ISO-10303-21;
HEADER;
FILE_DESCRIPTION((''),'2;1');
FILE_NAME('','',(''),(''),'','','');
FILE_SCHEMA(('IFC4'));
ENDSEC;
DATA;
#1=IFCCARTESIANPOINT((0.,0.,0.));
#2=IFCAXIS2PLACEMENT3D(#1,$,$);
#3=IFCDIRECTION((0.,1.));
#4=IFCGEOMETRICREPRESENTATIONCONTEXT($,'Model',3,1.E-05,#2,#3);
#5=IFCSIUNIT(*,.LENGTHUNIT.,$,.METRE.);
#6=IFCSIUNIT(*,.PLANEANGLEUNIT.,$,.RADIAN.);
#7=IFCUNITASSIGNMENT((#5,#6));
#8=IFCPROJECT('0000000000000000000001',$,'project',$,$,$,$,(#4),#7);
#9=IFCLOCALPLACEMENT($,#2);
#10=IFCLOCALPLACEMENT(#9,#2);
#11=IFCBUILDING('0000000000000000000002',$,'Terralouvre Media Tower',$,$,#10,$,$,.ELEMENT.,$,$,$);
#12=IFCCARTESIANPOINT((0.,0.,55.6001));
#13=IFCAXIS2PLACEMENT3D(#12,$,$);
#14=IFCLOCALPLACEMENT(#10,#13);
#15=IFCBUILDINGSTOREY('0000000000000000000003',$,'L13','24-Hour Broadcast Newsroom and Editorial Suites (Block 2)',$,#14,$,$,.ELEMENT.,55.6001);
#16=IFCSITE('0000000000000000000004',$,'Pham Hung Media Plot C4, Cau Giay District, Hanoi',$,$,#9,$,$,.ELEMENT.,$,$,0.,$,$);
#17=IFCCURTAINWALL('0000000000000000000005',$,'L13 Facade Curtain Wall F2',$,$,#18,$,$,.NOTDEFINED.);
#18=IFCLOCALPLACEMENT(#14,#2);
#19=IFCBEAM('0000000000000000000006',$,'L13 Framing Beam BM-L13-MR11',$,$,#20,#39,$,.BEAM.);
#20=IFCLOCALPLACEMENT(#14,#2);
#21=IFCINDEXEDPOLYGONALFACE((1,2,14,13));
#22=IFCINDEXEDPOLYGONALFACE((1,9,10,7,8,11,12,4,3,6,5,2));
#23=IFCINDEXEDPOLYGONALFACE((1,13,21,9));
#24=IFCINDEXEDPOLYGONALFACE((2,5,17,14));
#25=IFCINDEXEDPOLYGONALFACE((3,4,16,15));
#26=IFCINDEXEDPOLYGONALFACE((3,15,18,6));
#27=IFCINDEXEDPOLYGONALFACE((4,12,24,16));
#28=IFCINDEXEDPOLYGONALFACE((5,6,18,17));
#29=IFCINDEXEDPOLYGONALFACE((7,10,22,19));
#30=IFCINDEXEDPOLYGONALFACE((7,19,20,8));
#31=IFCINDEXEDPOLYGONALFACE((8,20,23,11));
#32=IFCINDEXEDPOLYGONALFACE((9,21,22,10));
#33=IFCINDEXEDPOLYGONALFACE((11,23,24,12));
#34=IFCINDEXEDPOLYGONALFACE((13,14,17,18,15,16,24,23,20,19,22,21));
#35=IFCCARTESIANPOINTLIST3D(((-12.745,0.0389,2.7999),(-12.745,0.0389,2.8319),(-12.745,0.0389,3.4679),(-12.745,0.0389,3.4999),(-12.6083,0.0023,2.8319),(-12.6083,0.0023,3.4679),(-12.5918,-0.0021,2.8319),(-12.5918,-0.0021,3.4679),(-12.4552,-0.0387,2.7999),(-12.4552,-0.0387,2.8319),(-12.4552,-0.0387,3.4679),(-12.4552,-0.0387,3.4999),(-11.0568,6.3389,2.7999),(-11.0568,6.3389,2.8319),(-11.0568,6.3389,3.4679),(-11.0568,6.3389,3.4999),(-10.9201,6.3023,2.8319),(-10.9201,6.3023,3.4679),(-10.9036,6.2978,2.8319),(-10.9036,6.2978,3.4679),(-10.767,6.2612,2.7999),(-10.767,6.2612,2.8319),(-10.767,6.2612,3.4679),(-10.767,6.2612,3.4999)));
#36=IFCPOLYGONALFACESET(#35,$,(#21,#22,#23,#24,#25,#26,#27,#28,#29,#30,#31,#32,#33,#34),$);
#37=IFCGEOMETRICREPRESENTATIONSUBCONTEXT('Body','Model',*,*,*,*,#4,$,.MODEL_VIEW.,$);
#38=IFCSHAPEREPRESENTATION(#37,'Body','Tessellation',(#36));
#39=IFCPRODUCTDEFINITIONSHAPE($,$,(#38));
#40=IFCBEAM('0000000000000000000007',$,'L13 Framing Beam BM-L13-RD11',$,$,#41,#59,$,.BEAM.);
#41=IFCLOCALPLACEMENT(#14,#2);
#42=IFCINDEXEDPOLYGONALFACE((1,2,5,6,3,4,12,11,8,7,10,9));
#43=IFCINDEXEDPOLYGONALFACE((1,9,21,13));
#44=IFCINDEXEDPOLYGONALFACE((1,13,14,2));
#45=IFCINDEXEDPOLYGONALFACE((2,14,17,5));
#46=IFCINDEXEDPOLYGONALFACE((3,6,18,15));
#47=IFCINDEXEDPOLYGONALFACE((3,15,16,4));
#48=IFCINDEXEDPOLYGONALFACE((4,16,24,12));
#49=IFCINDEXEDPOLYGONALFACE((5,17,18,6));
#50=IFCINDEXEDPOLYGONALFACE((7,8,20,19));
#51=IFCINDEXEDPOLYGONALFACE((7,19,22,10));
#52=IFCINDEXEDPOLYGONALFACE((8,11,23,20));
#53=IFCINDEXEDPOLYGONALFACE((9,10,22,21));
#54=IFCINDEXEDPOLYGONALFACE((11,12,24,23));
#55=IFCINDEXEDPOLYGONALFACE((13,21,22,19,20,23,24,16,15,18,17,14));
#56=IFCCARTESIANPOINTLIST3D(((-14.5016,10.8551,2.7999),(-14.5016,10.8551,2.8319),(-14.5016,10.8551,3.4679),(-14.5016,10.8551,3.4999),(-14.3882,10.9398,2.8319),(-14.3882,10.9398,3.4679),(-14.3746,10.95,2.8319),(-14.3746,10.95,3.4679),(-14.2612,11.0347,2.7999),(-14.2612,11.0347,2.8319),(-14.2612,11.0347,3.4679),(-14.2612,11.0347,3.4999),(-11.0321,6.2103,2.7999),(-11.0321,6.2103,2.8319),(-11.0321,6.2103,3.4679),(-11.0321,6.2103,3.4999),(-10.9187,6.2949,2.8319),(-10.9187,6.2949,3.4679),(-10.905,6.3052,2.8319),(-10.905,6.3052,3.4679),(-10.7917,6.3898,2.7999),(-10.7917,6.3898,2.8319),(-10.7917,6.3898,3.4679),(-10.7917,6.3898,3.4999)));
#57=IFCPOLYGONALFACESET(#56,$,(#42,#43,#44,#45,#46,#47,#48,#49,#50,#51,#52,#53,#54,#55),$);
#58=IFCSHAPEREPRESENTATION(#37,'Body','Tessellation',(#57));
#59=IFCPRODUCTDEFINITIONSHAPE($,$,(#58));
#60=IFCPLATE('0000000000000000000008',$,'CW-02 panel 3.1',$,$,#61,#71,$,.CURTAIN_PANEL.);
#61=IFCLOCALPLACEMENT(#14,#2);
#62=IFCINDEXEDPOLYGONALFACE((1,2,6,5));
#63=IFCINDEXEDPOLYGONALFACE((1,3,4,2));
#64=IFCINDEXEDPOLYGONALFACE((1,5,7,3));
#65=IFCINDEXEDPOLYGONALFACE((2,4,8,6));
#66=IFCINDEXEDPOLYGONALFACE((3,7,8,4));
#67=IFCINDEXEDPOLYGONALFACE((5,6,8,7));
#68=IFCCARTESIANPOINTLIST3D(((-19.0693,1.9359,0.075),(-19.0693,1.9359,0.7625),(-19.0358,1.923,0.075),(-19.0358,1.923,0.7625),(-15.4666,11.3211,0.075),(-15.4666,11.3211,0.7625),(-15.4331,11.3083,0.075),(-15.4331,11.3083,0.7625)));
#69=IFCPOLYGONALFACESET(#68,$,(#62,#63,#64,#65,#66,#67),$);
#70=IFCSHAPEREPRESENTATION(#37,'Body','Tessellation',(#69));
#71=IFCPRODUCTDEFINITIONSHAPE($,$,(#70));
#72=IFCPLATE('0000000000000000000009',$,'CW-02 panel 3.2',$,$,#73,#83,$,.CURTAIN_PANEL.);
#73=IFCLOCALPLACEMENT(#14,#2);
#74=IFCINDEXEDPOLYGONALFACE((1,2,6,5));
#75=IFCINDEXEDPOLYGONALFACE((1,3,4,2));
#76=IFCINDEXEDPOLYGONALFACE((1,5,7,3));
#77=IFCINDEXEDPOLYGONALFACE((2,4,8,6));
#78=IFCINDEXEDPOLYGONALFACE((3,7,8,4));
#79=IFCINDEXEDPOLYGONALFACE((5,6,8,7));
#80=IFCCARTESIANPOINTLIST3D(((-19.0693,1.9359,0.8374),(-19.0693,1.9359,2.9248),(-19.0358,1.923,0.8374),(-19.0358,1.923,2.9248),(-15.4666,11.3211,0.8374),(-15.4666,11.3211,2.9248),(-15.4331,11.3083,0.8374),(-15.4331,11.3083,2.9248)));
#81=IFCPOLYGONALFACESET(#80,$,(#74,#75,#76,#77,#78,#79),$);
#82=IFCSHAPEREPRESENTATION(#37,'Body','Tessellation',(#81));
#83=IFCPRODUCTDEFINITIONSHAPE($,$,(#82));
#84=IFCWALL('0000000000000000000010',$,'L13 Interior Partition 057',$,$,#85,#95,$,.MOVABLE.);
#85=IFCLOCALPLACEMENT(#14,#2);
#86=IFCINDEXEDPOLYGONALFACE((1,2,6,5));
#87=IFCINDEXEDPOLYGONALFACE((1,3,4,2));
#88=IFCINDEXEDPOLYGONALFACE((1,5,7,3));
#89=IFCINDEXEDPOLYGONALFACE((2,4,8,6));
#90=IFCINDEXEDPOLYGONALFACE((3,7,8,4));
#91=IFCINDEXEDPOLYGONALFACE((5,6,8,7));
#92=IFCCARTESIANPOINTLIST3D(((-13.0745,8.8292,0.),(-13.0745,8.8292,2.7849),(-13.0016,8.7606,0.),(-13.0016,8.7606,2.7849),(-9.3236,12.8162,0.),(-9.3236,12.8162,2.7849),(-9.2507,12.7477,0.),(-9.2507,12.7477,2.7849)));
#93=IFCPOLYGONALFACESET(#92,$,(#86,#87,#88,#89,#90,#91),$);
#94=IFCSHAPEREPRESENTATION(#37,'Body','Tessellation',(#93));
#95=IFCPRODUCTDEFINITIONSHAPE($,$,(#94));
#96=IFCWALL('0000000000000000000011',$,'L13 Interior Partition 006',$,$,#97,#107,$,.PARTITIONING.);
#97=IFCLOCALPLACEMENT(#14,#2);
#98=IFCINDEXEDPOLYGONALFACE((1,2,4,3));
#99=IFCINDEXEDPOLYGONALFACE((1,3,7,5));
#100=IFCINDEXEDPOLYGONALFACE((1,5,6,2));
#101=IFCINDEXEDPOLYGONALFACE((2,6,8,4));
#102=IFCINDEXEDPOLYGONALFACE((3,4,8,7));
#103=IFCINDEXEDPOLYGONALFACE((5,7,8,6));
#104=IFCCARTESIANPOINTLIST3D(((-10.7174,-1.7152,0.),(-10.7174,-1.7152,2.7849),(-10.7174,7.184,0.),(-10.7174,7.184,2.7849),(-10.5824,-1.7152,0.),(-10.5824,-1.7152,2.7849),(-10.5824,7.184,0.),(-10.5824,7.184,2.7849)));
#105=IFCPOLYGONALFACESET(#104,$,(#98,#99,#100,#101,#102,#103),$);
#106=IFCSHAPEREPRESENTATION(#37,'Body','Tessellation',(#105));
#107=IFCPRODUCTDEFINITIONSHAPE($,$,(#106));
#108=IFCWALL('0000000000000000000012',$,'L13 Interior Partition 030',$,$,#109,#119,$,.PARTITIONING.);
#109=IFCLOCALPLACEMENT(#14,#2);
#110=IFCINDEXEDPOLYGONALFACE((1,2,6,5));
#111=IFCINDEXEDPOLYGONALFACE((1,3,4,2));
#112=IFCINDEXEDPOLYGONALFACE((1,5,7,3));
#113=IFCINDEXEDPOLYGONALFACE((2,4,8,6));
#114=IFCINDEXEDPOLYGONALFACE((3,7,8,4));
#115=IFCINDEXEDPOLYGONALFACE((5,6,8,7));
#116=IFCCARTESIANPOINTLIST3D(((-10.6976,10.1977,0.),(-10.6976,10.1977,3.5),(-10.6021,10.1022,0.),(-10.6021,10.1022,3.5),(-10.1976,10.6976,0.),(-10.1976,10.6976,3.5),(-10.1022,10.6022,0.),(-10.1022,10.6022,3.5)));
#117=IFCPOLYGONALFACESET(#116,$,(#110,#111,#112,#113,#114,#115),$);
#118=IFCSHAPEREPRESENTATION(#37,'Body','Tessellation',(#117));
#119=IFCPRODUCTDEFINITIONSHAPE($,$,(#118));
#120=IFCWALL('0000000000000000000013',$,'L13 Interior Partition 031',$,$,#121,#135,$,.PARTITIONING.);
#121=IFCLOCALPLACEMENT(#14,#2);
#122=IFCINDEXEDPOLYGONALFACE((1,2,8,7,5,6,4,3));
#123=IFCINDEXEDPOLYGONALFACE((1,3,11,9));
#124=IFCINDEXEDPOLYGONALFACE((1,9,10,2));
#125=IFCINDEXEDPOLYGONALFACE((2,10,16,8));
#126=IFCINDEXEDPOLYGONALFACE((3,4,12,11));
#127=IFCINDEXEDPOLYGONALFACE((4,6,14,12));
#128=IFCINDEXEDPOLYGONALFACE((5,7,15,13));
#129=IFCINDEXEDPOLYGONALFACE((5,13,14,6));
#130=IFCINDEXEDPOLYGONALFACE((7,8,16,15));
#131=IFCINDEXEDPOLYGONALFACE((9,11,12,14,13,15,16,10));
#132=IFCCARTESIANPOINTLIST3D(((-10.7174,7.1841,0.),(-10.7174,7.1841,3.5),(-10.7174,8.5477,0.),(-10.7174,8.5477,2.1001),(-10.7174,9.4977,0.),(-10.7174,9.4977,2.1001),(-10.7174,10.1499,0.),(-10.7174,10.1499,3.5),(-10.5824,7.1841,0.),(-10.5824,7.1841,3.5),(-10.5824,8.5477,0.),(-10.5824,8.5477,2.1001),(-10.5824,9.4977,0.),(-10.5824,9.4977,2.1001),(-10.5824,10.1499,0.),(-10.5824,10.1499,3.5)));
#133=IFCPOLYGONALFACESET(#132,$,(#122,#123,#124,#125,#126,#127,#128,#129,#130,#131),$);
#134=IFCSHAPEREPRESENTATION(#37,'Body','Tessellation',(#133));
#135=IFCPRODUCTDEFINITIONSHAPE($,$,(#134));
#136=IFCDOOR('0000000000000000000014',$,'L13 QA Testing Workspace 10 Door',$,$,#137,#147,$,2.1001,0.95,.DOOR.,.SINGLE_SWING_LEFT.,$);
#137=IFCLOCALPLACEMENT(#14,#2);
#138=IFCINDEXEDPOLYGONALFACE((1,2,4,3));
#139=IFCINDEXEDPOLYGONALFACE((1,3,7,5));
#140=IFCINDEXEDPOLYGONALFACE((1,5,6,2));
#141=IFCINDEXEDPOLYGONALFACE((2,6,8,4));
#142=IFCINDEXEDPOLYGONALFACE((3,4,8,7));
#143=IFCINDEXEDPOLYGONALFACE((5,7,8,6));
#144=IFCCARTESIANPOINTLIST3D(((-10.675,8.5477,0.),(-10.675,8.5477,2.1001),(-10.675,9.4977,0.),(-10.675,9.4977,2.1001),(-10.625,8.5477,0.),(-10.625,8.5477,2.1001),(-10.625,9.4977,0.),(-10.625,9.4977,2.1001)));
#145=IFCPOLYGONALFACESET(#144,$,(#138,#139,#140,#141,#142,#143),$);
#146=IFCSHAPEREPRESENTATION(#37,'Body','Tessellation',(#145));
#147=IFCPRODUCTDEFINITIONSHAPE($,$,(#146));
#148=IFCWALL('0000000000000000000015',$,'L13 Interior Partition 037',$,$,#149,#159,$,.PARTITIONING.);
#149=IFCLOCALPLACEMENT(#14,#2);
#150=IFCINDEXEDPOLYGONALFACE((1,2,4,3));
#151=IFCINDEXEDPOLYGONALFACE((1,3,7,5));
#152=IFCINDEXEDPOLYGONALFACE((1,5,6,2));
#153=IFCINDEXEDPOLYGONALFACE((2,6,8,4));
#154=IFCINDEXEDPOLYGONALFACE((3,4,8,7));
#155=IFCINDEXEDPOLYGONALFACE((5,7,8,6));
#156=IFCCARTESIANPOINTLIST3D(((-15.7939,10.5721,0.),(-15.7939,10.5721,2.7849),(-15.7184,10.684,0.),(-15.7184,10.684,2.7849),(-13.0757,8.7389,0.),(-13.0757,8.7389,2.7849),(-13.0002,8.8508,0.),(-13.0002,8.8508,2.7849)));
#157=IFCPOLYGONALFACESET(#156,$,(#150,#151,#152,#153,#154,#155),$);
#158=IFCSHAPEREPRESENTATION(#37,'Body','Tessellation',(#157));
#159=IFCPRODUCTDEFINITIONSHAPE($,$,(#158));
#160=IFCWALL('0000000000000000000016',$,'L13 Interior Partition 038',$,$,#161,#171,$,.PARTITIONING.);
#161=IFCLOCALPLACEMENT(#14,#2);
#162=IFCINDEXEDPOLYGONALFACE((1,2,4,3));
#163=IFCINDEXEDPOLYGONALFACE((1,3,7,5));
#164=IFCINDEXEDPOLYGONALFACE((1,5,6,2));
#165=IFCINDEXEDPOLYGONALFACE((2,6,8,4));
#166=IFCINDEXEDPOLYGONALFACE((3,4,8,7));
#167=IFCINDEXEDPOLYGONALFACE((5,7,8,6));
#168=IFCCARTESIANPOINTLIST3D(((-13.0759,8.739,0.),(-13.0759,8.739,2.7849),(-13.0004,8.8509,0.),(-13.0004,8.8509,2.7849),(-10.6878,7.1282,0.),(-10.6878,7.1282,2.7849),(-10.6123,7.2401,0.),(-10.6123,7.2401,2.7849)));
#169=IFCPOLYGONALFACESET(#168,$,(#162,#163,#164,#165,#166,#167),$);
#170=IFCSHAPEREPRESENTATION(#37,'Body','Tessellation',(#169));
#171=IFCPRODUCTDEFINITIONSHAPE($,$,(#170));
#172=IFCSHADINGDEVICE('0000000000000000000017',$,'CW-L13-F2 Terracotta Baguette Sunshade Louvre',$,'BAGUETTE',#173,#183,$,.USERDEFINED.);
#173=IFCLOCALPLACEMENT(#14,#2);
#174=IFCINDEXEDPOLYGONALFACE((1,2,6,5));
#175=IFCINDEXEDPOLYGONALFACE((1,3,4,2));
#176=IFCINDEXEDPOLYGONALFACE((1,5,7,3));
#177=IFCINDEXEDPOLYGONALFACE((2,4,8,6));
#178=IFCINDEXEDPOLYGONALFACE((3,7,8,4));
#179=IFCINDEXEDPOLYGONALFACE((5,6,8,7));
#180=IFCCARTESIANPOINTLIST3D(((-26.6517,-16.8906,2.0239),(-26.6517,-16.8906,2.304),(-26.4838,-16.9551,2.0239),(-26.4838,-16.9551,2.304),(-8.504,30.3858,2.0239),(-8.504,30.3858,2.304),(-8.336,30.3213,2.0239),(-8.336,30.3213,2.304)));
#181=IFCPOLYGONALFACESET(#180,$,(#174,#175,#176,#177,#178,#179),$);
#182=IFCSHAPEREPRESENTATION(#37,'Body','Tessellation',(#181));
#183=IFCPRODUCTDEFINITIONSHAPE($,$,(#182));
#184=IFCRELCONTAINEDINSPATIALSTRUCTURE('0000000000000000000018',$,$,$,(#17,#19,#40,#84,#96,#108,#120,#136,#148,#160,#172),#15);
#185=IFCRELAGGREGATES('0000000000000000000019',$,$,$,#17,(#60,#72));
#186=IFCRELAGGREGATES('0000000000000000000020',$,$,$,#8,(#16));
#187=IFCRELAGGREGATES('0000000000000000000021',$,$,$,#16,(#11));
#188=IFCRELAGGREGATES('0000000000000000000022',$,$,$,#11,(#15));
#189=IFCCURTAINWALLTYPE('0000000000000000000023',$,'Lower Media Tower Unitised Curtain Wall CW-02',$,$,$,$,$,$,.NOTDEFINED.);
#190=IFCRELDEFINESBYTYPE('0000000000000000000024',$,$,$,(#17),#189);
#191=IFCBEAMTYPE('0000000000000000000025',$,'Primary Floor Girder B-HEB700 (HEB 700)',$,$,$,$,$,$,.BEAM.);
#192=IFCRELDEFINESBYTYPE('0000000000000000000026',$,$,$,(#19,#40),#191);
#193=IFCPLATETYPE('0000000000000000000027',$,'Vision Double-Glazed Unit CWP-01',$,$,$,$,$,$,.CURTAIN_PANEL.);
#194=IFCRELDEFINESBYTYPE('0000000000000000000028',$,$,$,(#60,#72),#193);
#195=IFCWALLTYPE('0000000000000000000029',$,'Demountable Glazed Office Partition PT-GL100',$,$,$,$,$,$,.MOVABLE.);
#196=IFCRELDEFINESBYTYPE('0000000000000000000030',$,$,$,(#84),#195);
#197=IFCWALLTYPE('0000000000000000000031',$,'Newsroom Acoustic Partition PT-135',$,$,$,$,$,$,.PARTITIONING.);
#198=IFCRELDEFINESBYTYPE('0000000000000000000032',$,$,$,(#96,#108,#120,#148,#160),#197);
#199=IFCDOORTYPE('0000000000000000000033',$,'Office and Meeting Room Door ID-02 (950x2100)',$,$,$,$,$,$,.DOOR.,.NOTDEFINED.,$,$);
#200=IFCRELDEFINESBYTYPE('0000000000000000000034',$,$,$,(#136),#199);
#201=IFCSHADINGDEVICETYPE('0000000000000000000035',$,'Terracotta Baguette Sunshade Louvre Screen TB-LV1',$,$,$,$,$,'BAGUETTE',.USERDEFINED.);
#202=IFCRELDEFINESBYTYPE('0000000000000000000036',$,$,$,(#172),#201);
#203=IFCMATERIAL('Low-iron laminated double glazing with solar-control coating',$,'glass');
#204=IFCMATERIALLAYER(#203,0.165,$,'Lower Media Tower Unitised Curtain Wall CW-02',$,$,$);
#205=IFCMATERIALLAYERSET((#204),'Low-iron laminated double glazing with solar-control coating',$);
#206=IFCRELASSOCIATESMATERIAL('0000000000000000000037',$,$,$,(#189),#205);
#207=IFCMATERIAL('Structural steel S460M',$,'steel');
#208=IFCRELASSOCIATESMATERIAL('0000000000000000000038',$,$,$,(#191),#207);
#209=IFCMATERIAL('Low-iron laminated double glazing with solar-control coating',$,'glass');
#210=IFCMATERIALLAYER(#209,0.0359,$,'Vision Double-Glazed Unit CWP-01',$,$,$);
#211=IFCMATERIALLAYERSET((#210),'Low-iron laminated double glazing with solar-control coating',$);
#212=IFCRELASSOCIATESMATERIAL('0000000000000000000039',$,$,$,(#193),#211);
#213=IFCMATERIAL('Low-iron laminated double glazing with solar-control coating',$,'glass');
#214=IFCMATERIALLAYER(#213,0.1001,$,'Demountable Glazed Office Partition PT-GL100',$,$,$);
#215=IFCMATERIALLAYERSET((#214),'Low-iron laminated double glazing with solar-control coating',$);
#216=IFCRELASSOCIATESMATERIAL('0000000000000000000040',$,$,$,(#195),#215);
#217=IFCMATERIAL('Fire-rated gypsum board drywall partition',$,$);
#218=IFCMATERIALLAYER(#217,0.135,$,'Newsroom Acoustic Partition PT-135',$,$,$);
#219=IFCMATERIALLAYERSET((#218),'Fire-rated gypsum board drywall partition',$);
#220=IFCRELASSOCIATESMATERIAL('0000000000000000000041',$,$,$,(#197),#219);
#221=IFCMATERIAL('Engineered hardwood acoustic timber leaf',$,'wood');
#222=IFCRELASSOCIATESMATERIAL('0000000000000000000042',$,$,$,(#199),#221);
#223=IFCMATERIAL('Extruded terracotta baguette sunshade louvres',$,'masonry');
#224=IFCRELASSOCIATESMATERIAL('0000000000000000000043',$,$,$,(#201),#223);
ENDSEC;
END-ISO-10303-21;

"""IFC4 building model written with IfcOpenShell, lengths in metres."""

from ifc_helpers import new_model, si_unit, direction, frame, frame_2d, origin, origin_2d, place, context, subcontext, project, spatial, rectangle, i_section, extrude, material, layer, layer_set, material_profile, profile_set, type_object, element, fill, aggregate, save


model = new_model("IFC4")

# Units and contexts
model_context = context("Model", 3, precision=1e-05, world=origin(), true_north=direction((0.0, 1.0)))
body_context = subcontext(model_context, "Body", "Model", "MODEL_VIEW")
ifc_project = project(units=[si_unit("LENGTHUNIT", "METRE"), si_unit("PLANEANGLEUNIT", "RADIAN")], contexts=[model_context])

# Site, building, storey
site_placement = place(None, origin())
site = spatial("IfcSite", under=ifc_project, at=site_placement, Name="Pham Hung Media Plot C4, Cau Giay District, Hanoi", CompositionType="ELEMENT", RefElevation=0.0)
building_placement = place(site_placement, origin())
building = spatial("IfcBuilding", under=site, at=building_placement, Name="Terralouvre Media Tower", CompositionType="ELEMENT")
storey_placement = place(building_placement, frame((0.0, 0.0, 55.6001)))
storey = spatial("IfcBuildingStorey", under=building, at=storey_placement, Name="L13", Description="24-Hour Broadcast Newsroom and Editorial Suites (Block 2)", CompositionType="ELEMENT", Elevation=55.6001)

# Curtain wall
ifc_material_1 = material(Name="Low-iron laminated double glazing with solar-control coating", Category="glass")
ifc_layer_1 = layer(ifc_material_1, 0.165, Name="Lower Media Tower Unitised Curtain Wall CW-02")
ifc_layer_set_1 = layer_set([ifc_layer_1], Name="Low-iron laminated double glazing with solar-control coating")
curtain_wall_type = type_object("IfcCurtainWallType", Name="Lower Media Tower Unitised Curtain Wall CW-02", PredefinedType="NOTDEFINED", material=ifc_layer_set_1)
curtain_wall_placement = place(storey_placement, origin())
curtain_wall = element("IfcCurtainWall", 1, at=curtain_wall_placement, inside=storey, type_object=curtain_wall_type, Name="L13 Facade Curtain Wall F2", PredefinedType="NOTDEFINED")

# Beams
ifc_material_2 = material(Name="Structural steel S460M", Category="steel")
ifc_material_profile_1 = material_profile(ifc_material_2, i_section(OverallWidth=0.3, OverallDepth=0.7, WebThickness=0.0171, FlangeThickness=0.032, at=origin_2d()), Name="HEB 700")
ifc_profile_set_1 = profile_set([ifc_material_profile_1], Name="Structural steel S460M")
beam_type_1 = type_object("IfcBeamType", Name="Primary Floor Girder B-HEB700 (HEB 700)", PredefinedType="BEAM", material=ifc_profile_set_1)
beam_1_placement = place(storey_placement, frame((-10.9119, 6.3, 3.1499), z_axis=(-0.258839, -0.96592, 0.0), x_axis=(0.96592, -0.258839, 0.0)))
element("IfcBeam", 2, at=beam_1_placement, inside=storey, type_object=beam_type_1, Name="L13 Framing Beam BM-L13-MR11", PredefinedType="BEAM", context=body_context, shape_type="SweptSolid", body=[
    extrude(i_section(OverallWidth=0.3, OverallDepth=0.7, WebThickness=0.0171, FlangeThickness=0.032, at=origin_2d()), origin(), (0.0, 0.0, 1.0), 6.5222),
])
beam_2_placement = place(storey_placement, frame((-10.9119, 6.3, 3.1499), z_axis=(-0.598442, 0.801166, 0.0), x_axis=(-0.801166, -0.598442, 0.0)))
element("IfcBeam", 3, at=beam_2_placement, inside=storey, type_object=beam_type_1, Name="L13 Framing Beam BM-L13-RD11", PredefinedType="BEAM", context=body_context, shape_type="SweptSolid", body=[
    extrude(i_section(OverallWidth=0.3, OverallDepth=0.7, WebThickness=0.0171, FlangeThickness=0.032, at=origin_2d()), origin(), (0.0, 0.0, 1.0), 5.7976),
])

# Plates
ifc_material_3 = material(Name="Low-iron laminated double glazing with solar-control coating", Category="glass")
ifc_layer_2 = layer(ifc_material_3, 0.0359, Name="Vision Double-Glazed Unit CWP-01")
ifc_layer_set_2 = layer_set([ifc_layer_2], Name="Low-iron laminated double glazing with solar-control coating")
plate_type = type_object("IfcPlateType", Name="Vision Double-Glazed Unit CWP-01", PredefinedType="CURTAIN_PANEL", material=ifc_layer_set_2)
plate_1_placement = place(storey_placement, frame((-17.2512, 6.6221, 0.075), z_axis=(0.0, 0.0, 1.0), x_axis=(-0.358368, -0.93358, 0.0)))
plate_1 = element("IfcPlate", 4, at=plate_1_placement, type_object=plate_type, Name="CW-02 panel 3.1", PredefinedType="CURTAIN_PANEL", context=body_context, shape_type="SweptSolid", body=[
    extrude(rectangle(XDim=10.053, YDim=0.0359, at=origin_2d()), origin(), (0.0, 0.0, 1.0), 0.6875),
])
plate_2_placement = place(storey_placement, frame((-17.2512, 6.6221, 0.8374), z_axis=(0.0, 0.0, 1.0), x_axis=(-0.358368, -0.93358, 0.0)))
plate_2 = element("IfcPlate", 5, at=plate_2_placement, type_object=plate_type, Name="CW-02 panel 3.2", PredefinedType="CURTAIN_PANEL", context=body_context, shape_type="SweptSolid", body=[
    extrude(rectangle(XDim=10.053, YDim=0.0359, at=origin_2d()), origin(), (0.0, 0.0, 1.0), 2.0874),
])
aggregate(curtain_wall, [plate_1, plate_2])

# Walls
ifc_material_4 = material(Name="Low-iron laminated double glazing with solar-control coating", Category="glass")
ifc_layer_3 = layer(ifc_material_4, 0.1001, Name="Demountable Glazed Office Partition PT-GL100")
ifc_layer_set_3 = layer_set([ifc_layer_3], Name="Low-iron laminated double glazing with solar-control coating")
wall_type_1 = type_object("IfcWallType", Name="Demountable Glazed Office Partition PT-GL100", PredefinedType="MOVABLE", material=ifc_layer_set_3)
wall_1_placement = place(storey_placement, frame((-13.0381, 8.7949, 0.0), z_axis=(0.0, 0.0, 1.0), x_axis=(0.685214, 0.728341, 0.0)))
element("IfcWall", 6, at=wall_1_placement, inside=storey, type_object=wall_type_1, Name="L13 Interior Partition 057", PredefinedType="MOVABLE", context=body_context, shape_type="SweptSolid", body=[
    extrude(rectangle(XDim=5.4741, YDim=0.1001, at=frame_2d((2.7371, 0.0))), origin(), (0.0, 0.0, 1.0), 2.7849),
])
ifc_material_5 = material(Name="Fire-rated gypsum board drywall partition")
ifc_layer_4 = layer(ifc_material_5, 0.135, Name="Newsroom Acoustic Partition PT-135")
ifc_layer_set_4 = layer_set([ifc_layer_4], Name="Fire-rated gypsum board drywall partition")
wall_type_2 = type_object("IfcWallType", Name="Newsroom Acoustic Partition PT-135", PredefinedType="PARTITIONING", material=ifc_layer_set_4)
wall_2_placement = place(storey_placement, frame((-10.6499, 7.1841, 0.0), z_axis=(0.0, 0.0, 1.0), x_axis=(0.0, -1.0, 0.0)))
element("IfcWall", 7, at=wall_2_placement, inside=storey, type_object=wall_type_2, Name="L13 Interior Partition 006", PredefinedType="PARTITIONING", context=body_context, shape_type="SweptSolid", body=[
    extrude(rectangle(XDim=8.8992, YDim=0.135, at=frame_2d((4.4497, 0.0))), origin(), (0.0, 0.0, 1.0), 2.7849),
])
wall_3_placement = place(storey_placement, frame((-10.1499, 10.6499, 0.0), z_axis=(0.0, 0.0, 1.0), x_axis=(-0.707107, -0.707107, 0.0)))
element("IfcWall", 8, at=wall_3_placement, inside=storey, type_object=wall_type_2, Name="L13 Interior Partition 030", PredefinedType="PARTITIONING", context=body_context, shape_type="SweptSolid", body=[
    extrude(rectangle(XDim=0.707, YDim=0.135, at=frame_2d((0.3535, 0.0))), origin(), (0.0, 0.0, 1.0), 3.5),
])

# Wall, opening, door
wall_4_placement = place(storey_placement, frame((-10.6499, 10.1499, 0.0), z_axis=(0.0, 0.0, 1.0), x_axis=(0.0, -1.0, 0.0)))
wall_4 = element("IfcWall", 9, at=wall_4_placement, inside=storey, type_object=wall_type_2, Name="L13 Interior Partition 031", PredefinedType="PARTITIONING", context=body_context, shape_type="SweptSolid", body=[
    extrude(rectangle(XDim=2.9658, YDim=0.135, at=frame_2d((1.4829, 0.0))), origin(), (0.0, 0.0, 1.0), 3.5),
])
opening_placement = place(wall_4_placement, frame((0.6521, 0.0, 0.0)))
opening = element("IfcOpeningElement", 10, at=opening_placement, cuts=wall_4, PredefinedType="OPENING", context=body_context, shape_type="SweptSolid", body=[
    extrude(rectangle(XDim=0.95, YDim=2.1001, at=frame_2d((0.4751, 1.05))), frame((0.0, 0.0774, 0.0), z_axis=(0.0, -1.0, 0.0), x_axis=(1.0, 0.0, 0.0)), (0.0, 0.0, 1.0), 0.155),
])
ifc_material_6 = material(Name="Engineered hardwood acoustic timber leaf", Category="wood")
door_type = type_object("IfcDoorType", Name="Office and Meeting Room Door ID-02 (950x2100)", OperationType="NOTDEFINED", PredefinedType="DOOR", material=ifc_material_6)
door_placement = place(opening_placement, origin())
door = element("IfcDoor", 11, at=door_placement, inside=storey, type_object=door_type, Name="L13 QA Testing Workspace 10 Door", OperationType="SINGLE_SWING_LEFT", OverallHeight=2.1001, OverallWidth=0.95, PredefinedType="DOOR", context=body_context, shape_type="SweptSolid", body=[
    extrude(rectangle(XDim=0.95, YDim=2.1001, at=frame_2d((0.4751, 1.05))), frame((0.0, 0.0249, 0.0), z_axis=(0.0, -1.0, 0.0), x_axis=(1.0, 0.0, 0.0)), (0.0, 0.0, 1.0), 0.05),
])
fill(opening, door)

# Walls
wall_5_placement = place(storey_placement, frame((-13.0381, 8.7949, 0.0), z_axis=(0.0, 0.0, 1.0), x_axis=(-0.829071, 0.559143, 0.0)))
element("IfcWall", 12, at=wall_5_placement, inside=storey, type_object=wall_type_2, Name="L13 Interior Partition 037", PredefinedType="PARTITIONING", context=body_context, shape_type="SweptSolid", body=[
    extrude(rectangle(XDim=3.2786, YDim=0.135, at=frame_2d((1.6392, 0.0))), origin(), (0.0, 0.0, 1.0), 2.7849),
])
wall_6_placement = place(storey_placement, frame((-10.6499, 7.1841, 0.0), z_axis=(0.0, 0.0, 1.0), x_axis=(-0.829039, 0.55919, 0.0)))
element("IfcWall", 13, at=wall_6_placement, inside=storey, type_object=wall_type_2, Name="L13 Interior Partition 038", PredefinedType="PARTITIONING", context=body_context, shape_type="SweptSolid", body=[
    extrude(rectangle(XDim=2.8806, YDim=0.135, at=frame_2d((1.4404, 0.0))), origin(), (0.0, 0.0, 1.0), 2.7849),
])

# Shading device
ifc_material_7 = material(Name="Extruded terracotta baguette sunshade louvres", Category="masonry")
shading_device_type = type_object("IfcShadingDeviceType", Name="Terracotta Baguette Sunshade Louvre Screen TB-LV1", ElementType="BAGUETTE", PredefinedType="USERDEFINED", material=ifc_material_7)
shading_device_placement = place(storey_placement, frame((-17.4939, 6.7153, 2.0239), z_axis=(0.0, 0.0, 1.0), x_axis=(-0.358368, -0.93358, 0.0)))
element("IfcShadingDevice", 14, at=shading_device_placement, inside=storey, type_object=shading_device_type, Name="CW-L13-F2 Terracotta Baguette Sunshade Louvre", ObjectType="BAGUETTE", PredefinedType="USERDEFINED", context=body_context, shape_type="SweptSolid", body=[
    extrude(rectangle(XDim=50.6399, YDim=0.1799, at=origin_2d()), origin(), (0.0, 0.0, 1.0), 0.28),
])

save(model, "model.ifc")
